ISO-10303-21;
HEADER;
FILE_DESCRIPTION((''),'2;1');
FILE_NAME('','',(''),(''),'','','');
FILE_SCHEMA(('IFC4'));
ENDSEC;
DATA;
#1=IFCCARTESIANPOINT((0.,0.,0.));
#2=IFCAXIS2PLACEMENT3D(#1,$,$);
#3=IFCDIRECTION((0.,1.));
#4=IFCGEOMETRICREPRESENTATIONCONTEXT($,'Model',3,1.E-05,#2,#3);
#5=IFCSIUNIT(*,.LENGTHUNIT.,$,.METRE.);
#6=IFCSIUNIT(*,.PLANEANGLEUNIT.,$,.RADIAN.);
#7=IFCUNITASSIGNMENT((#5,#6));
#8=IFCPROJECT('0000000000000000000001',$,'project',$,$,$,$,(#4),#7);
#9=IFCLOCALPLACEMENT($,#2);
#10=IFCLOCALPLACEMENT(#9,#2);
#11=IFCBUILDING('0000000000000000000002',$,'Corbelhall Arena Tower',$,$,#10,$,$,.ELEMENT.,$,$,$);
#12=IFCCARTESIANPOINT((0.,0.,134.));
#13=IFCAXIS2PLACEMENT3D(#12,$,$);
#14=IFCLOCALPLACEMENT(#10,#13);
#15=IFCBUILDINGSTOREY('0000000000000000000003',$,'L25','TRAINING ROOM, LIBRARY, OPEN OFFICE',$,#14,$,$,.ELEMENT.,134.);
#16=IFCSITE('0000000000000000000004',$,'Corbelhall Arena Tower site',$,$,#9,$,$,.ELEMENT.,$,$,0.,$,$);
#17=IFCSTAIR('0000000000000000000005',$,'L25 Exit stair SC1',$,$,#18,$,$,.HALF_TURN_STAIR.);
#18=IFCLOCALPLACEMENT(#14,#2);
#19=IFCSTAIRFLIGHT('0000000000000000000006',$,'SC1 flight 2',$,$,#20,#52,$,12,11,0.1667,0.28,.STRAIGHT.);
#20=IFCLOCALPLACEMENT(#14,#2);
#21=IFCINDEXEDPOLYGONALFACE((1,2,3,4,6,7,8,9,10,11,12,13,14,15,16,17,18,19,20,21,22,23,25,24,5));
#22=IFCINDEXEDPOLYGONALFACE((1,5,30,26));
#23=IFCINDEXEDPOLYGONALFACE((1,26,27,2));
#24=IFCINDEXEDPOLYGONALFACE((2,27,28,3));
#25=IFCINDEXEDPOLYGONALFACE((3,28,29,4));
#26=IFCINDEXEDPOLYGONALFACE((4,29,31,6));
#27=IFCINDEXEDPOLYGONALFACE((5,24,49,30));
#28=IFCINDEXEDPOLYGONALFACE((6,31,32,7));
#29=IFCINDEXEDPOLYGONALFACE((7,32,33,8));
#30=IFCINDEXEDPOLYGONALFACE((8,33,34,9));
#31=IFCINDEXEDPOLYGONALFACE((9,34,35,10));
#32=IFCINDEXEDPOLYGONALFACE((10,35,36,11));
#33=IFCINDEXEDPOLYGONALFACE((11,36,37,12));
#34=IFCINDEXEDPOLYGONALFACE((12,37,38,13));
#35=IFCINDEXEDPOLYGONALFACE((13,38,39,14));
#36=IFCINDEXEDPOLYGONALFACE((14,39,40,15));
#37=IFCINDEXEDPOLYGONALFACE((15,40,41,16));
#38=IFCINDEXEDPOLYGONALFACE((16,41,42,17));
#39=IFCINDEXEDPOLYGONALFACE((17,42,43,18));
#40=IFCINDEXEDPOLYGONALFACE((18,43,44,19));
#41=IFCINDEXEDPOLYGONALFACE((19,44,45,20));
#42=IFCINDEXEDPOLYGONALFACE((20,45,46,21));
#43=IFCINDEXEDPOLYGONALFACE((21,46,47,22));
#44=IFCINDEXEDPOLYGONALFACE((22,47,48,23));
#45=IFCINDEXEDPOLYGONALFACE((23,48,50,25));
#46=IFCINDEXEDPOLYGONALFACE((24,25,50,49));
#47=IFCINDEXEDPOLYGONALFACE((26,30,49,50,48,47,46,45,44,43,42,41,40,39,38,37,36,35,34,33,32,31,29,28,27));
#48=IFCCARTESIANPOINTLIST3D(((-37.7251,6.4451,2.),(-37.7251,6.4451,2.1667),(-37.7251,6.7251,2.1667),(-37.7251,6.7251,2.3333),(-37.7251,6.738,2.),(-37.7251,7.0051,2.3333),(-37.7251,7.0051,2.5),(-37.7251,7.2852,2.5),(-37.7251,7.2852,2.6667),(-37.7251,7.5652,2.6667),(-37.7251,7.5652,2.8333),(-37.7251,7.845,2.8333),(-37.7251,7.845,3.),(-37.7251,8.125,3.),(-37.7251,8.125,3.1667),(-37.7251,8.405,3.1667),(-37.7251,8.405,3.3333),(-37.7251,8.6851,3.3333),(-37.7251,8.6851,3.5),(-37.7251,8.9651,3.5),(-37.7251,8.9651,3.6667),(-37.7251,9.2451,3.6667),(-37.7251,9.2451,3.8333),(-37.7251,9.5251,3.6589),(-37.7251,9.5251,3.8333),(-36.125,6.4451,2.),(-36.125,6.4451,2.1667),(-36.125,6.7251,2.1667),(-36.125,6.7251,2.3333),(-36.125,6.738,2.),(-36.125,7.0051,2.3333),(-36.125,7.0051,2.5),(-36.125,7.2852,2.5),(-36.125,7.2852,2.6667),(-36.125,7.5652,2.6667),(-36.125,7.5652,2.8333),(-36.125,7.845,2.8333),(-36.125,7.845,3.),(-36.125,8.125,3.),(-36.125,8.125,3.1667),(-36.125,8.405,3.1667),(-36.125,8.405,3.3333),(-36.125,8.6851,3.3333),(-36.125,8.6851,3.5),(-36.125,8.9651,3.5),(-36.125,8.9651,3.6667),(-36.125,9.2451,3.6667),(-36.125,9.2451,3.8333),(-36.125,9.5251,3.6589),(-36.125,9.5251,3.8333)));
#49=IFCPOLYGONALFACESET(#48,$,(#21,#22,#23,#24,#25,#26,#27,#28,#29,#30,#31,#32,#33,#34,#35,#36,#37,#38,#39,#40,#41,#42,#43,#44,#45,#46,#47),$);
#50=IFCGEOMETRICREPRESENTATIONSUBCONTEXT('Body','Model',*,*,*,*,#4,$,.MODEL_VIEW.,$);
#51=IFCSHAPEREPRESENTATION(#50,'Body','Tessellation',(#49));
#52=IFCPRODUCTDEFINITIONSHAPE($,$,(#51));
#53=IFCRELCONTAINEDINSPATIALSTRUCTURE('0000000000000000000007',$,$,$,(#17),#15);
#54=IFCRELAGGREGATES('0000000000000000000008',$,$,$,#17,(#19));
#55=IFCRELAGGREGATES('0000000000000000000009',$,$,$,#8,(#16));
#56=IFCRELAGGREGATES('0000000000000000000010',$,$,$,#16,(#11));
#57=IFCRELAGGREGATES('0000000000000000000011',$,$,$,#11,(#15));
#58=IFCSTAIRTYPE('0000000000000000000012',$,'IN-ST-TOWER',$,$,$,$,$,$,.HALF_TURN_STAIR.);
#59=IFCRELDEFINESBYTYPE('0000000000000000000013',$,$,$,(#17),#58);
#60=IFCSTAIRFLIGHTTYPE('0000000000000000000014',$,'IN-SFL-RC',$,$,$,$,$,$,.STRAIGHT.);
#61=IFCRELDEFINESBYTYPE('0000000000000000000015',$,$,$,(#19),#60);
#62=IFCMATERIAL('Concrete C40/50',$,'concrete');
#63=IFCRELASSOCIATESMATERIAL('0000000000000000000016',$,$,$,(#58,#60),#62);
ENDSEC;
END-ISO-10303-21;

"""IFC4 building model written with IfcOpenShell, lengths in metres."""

from ifc_helpers import new_model, si_unit, direction, frame, origin, place, context, subcontext, project, spatial, polyline, outline, extrude, material, type_object, element, aggregate, save


model = new_model("IFC4")

# Units and contexts
model_context = context("Model", 3, precision=1e-05, world=origin(), true_north=direction((0.0, 1.0)))
body_context = subcontext(model_context, "Body", "Model", "MODEL_VIEW")
ifc_project = project(units=[si_unit("LENGTHUNIT", "METRE"), si_unit("PLANEANGLEUNIT", "RADIAN")], contexts=[model_context])

# Site, building, storey
site_placement = place(None, origin())
site = spatial("IfcSite", under=ifc_project, at=site_placement, Name="Corbelhall Arena Tower site", CompositionType="ELEMENT", RefElevation=0.0)
building_placement = place(site_placement, origin())
building = spatial("IfcBuilding", under=site, at=building_placement, Name="Corbelhall Arena Tower", CompositionType="ELEMENT")
storey_placement = place(building_placement, frame((0.0, 0.0, 134.0)))
storey = spatial("IfcBuildingStorey", under=building, at=storey_placement, Name="L25", Description="TRAINING ROOM, LIBRARY, OPEN OFFICE", CompositionType="ELEMENT", Elevation=134.0)

# Shared definitions
ifc_material_1 = material(Name="Concrete C40/50", Category="concrete")

# Stair, stair flight
stair_type = type_object("IfcStairType", Name="IN-ST-TOWER", PredefinedType="HALF_TURN_STAIR", material=ifc_material_1)
stair_placement = place(storey_placement, origin())
stair = element("IfcStair", 1, at=stair_placement, inside=storey, type_object=stair_type, Name="L25 Exit stair SC1", PredefinedType="HALF_TURN_STAIR")
stair_flight_type = type_object("IfcStairFlightType", Name="IN-SFL-RC", PredefinedType="STRAIGHT", material=ifc_material_1)
stair_flight_1_placement = place(storey_placement, frame((-36.925, 6.4451, 2.0), z_axis=(0.0, 0.0, 1.0), x_axis=(0.0, 1.0, 0.0)))
stair_flight_1 = element("IfcStairFlight", 2, at=stair_flight_1_placement, type_object=stair_flight_type, Name="SC1 flight 2", NumberOfRisers=12, NumberOfTreads=11, PredefinedType="STRAIGHT", RiserHeight=0.1667, TreadLength=0.28, context=body_context, shape_type="SweptSolid", body=[
    extrude(outline(polyline([(0.0, 0.0), (0.0, 0.1667), (0.28, 0.1667), (0.28, 0.3333), (0.5601, 0.3333), (0.5601, 0.5), (0.8401, 0.5), (0.8401, 0.6667), (1.1201, 0.6667), (1.1201, 0.8333), (1.3999, 0.8333), (1.3999, 1.0), (1.6799, 1.0), (1.6799, 1.1667), (1.96, 1.1667), (1.96, 1.3333), (2.24, 1.3333), (2.24, 1.5), (2.52, 1.5), (2.52, 1.6667), (2.8, 1.6667), (2.8, 1.8333), (3.0801, 1.8333), (3.0801, 2.0), (3.0801, 1.6589), (0.293, 0.0), (0.0, 0.0)])), frame((0.0, 0.8, 0.0), z_axis=(0.0, -1.0, 0.0), x_axis=(1.0, 0.0, 0.0)), (0.0, 0.0, 1.0), 1.6001),
])
aggregate(stair, [stair_flight_1])

save(model, "model.ifc")
